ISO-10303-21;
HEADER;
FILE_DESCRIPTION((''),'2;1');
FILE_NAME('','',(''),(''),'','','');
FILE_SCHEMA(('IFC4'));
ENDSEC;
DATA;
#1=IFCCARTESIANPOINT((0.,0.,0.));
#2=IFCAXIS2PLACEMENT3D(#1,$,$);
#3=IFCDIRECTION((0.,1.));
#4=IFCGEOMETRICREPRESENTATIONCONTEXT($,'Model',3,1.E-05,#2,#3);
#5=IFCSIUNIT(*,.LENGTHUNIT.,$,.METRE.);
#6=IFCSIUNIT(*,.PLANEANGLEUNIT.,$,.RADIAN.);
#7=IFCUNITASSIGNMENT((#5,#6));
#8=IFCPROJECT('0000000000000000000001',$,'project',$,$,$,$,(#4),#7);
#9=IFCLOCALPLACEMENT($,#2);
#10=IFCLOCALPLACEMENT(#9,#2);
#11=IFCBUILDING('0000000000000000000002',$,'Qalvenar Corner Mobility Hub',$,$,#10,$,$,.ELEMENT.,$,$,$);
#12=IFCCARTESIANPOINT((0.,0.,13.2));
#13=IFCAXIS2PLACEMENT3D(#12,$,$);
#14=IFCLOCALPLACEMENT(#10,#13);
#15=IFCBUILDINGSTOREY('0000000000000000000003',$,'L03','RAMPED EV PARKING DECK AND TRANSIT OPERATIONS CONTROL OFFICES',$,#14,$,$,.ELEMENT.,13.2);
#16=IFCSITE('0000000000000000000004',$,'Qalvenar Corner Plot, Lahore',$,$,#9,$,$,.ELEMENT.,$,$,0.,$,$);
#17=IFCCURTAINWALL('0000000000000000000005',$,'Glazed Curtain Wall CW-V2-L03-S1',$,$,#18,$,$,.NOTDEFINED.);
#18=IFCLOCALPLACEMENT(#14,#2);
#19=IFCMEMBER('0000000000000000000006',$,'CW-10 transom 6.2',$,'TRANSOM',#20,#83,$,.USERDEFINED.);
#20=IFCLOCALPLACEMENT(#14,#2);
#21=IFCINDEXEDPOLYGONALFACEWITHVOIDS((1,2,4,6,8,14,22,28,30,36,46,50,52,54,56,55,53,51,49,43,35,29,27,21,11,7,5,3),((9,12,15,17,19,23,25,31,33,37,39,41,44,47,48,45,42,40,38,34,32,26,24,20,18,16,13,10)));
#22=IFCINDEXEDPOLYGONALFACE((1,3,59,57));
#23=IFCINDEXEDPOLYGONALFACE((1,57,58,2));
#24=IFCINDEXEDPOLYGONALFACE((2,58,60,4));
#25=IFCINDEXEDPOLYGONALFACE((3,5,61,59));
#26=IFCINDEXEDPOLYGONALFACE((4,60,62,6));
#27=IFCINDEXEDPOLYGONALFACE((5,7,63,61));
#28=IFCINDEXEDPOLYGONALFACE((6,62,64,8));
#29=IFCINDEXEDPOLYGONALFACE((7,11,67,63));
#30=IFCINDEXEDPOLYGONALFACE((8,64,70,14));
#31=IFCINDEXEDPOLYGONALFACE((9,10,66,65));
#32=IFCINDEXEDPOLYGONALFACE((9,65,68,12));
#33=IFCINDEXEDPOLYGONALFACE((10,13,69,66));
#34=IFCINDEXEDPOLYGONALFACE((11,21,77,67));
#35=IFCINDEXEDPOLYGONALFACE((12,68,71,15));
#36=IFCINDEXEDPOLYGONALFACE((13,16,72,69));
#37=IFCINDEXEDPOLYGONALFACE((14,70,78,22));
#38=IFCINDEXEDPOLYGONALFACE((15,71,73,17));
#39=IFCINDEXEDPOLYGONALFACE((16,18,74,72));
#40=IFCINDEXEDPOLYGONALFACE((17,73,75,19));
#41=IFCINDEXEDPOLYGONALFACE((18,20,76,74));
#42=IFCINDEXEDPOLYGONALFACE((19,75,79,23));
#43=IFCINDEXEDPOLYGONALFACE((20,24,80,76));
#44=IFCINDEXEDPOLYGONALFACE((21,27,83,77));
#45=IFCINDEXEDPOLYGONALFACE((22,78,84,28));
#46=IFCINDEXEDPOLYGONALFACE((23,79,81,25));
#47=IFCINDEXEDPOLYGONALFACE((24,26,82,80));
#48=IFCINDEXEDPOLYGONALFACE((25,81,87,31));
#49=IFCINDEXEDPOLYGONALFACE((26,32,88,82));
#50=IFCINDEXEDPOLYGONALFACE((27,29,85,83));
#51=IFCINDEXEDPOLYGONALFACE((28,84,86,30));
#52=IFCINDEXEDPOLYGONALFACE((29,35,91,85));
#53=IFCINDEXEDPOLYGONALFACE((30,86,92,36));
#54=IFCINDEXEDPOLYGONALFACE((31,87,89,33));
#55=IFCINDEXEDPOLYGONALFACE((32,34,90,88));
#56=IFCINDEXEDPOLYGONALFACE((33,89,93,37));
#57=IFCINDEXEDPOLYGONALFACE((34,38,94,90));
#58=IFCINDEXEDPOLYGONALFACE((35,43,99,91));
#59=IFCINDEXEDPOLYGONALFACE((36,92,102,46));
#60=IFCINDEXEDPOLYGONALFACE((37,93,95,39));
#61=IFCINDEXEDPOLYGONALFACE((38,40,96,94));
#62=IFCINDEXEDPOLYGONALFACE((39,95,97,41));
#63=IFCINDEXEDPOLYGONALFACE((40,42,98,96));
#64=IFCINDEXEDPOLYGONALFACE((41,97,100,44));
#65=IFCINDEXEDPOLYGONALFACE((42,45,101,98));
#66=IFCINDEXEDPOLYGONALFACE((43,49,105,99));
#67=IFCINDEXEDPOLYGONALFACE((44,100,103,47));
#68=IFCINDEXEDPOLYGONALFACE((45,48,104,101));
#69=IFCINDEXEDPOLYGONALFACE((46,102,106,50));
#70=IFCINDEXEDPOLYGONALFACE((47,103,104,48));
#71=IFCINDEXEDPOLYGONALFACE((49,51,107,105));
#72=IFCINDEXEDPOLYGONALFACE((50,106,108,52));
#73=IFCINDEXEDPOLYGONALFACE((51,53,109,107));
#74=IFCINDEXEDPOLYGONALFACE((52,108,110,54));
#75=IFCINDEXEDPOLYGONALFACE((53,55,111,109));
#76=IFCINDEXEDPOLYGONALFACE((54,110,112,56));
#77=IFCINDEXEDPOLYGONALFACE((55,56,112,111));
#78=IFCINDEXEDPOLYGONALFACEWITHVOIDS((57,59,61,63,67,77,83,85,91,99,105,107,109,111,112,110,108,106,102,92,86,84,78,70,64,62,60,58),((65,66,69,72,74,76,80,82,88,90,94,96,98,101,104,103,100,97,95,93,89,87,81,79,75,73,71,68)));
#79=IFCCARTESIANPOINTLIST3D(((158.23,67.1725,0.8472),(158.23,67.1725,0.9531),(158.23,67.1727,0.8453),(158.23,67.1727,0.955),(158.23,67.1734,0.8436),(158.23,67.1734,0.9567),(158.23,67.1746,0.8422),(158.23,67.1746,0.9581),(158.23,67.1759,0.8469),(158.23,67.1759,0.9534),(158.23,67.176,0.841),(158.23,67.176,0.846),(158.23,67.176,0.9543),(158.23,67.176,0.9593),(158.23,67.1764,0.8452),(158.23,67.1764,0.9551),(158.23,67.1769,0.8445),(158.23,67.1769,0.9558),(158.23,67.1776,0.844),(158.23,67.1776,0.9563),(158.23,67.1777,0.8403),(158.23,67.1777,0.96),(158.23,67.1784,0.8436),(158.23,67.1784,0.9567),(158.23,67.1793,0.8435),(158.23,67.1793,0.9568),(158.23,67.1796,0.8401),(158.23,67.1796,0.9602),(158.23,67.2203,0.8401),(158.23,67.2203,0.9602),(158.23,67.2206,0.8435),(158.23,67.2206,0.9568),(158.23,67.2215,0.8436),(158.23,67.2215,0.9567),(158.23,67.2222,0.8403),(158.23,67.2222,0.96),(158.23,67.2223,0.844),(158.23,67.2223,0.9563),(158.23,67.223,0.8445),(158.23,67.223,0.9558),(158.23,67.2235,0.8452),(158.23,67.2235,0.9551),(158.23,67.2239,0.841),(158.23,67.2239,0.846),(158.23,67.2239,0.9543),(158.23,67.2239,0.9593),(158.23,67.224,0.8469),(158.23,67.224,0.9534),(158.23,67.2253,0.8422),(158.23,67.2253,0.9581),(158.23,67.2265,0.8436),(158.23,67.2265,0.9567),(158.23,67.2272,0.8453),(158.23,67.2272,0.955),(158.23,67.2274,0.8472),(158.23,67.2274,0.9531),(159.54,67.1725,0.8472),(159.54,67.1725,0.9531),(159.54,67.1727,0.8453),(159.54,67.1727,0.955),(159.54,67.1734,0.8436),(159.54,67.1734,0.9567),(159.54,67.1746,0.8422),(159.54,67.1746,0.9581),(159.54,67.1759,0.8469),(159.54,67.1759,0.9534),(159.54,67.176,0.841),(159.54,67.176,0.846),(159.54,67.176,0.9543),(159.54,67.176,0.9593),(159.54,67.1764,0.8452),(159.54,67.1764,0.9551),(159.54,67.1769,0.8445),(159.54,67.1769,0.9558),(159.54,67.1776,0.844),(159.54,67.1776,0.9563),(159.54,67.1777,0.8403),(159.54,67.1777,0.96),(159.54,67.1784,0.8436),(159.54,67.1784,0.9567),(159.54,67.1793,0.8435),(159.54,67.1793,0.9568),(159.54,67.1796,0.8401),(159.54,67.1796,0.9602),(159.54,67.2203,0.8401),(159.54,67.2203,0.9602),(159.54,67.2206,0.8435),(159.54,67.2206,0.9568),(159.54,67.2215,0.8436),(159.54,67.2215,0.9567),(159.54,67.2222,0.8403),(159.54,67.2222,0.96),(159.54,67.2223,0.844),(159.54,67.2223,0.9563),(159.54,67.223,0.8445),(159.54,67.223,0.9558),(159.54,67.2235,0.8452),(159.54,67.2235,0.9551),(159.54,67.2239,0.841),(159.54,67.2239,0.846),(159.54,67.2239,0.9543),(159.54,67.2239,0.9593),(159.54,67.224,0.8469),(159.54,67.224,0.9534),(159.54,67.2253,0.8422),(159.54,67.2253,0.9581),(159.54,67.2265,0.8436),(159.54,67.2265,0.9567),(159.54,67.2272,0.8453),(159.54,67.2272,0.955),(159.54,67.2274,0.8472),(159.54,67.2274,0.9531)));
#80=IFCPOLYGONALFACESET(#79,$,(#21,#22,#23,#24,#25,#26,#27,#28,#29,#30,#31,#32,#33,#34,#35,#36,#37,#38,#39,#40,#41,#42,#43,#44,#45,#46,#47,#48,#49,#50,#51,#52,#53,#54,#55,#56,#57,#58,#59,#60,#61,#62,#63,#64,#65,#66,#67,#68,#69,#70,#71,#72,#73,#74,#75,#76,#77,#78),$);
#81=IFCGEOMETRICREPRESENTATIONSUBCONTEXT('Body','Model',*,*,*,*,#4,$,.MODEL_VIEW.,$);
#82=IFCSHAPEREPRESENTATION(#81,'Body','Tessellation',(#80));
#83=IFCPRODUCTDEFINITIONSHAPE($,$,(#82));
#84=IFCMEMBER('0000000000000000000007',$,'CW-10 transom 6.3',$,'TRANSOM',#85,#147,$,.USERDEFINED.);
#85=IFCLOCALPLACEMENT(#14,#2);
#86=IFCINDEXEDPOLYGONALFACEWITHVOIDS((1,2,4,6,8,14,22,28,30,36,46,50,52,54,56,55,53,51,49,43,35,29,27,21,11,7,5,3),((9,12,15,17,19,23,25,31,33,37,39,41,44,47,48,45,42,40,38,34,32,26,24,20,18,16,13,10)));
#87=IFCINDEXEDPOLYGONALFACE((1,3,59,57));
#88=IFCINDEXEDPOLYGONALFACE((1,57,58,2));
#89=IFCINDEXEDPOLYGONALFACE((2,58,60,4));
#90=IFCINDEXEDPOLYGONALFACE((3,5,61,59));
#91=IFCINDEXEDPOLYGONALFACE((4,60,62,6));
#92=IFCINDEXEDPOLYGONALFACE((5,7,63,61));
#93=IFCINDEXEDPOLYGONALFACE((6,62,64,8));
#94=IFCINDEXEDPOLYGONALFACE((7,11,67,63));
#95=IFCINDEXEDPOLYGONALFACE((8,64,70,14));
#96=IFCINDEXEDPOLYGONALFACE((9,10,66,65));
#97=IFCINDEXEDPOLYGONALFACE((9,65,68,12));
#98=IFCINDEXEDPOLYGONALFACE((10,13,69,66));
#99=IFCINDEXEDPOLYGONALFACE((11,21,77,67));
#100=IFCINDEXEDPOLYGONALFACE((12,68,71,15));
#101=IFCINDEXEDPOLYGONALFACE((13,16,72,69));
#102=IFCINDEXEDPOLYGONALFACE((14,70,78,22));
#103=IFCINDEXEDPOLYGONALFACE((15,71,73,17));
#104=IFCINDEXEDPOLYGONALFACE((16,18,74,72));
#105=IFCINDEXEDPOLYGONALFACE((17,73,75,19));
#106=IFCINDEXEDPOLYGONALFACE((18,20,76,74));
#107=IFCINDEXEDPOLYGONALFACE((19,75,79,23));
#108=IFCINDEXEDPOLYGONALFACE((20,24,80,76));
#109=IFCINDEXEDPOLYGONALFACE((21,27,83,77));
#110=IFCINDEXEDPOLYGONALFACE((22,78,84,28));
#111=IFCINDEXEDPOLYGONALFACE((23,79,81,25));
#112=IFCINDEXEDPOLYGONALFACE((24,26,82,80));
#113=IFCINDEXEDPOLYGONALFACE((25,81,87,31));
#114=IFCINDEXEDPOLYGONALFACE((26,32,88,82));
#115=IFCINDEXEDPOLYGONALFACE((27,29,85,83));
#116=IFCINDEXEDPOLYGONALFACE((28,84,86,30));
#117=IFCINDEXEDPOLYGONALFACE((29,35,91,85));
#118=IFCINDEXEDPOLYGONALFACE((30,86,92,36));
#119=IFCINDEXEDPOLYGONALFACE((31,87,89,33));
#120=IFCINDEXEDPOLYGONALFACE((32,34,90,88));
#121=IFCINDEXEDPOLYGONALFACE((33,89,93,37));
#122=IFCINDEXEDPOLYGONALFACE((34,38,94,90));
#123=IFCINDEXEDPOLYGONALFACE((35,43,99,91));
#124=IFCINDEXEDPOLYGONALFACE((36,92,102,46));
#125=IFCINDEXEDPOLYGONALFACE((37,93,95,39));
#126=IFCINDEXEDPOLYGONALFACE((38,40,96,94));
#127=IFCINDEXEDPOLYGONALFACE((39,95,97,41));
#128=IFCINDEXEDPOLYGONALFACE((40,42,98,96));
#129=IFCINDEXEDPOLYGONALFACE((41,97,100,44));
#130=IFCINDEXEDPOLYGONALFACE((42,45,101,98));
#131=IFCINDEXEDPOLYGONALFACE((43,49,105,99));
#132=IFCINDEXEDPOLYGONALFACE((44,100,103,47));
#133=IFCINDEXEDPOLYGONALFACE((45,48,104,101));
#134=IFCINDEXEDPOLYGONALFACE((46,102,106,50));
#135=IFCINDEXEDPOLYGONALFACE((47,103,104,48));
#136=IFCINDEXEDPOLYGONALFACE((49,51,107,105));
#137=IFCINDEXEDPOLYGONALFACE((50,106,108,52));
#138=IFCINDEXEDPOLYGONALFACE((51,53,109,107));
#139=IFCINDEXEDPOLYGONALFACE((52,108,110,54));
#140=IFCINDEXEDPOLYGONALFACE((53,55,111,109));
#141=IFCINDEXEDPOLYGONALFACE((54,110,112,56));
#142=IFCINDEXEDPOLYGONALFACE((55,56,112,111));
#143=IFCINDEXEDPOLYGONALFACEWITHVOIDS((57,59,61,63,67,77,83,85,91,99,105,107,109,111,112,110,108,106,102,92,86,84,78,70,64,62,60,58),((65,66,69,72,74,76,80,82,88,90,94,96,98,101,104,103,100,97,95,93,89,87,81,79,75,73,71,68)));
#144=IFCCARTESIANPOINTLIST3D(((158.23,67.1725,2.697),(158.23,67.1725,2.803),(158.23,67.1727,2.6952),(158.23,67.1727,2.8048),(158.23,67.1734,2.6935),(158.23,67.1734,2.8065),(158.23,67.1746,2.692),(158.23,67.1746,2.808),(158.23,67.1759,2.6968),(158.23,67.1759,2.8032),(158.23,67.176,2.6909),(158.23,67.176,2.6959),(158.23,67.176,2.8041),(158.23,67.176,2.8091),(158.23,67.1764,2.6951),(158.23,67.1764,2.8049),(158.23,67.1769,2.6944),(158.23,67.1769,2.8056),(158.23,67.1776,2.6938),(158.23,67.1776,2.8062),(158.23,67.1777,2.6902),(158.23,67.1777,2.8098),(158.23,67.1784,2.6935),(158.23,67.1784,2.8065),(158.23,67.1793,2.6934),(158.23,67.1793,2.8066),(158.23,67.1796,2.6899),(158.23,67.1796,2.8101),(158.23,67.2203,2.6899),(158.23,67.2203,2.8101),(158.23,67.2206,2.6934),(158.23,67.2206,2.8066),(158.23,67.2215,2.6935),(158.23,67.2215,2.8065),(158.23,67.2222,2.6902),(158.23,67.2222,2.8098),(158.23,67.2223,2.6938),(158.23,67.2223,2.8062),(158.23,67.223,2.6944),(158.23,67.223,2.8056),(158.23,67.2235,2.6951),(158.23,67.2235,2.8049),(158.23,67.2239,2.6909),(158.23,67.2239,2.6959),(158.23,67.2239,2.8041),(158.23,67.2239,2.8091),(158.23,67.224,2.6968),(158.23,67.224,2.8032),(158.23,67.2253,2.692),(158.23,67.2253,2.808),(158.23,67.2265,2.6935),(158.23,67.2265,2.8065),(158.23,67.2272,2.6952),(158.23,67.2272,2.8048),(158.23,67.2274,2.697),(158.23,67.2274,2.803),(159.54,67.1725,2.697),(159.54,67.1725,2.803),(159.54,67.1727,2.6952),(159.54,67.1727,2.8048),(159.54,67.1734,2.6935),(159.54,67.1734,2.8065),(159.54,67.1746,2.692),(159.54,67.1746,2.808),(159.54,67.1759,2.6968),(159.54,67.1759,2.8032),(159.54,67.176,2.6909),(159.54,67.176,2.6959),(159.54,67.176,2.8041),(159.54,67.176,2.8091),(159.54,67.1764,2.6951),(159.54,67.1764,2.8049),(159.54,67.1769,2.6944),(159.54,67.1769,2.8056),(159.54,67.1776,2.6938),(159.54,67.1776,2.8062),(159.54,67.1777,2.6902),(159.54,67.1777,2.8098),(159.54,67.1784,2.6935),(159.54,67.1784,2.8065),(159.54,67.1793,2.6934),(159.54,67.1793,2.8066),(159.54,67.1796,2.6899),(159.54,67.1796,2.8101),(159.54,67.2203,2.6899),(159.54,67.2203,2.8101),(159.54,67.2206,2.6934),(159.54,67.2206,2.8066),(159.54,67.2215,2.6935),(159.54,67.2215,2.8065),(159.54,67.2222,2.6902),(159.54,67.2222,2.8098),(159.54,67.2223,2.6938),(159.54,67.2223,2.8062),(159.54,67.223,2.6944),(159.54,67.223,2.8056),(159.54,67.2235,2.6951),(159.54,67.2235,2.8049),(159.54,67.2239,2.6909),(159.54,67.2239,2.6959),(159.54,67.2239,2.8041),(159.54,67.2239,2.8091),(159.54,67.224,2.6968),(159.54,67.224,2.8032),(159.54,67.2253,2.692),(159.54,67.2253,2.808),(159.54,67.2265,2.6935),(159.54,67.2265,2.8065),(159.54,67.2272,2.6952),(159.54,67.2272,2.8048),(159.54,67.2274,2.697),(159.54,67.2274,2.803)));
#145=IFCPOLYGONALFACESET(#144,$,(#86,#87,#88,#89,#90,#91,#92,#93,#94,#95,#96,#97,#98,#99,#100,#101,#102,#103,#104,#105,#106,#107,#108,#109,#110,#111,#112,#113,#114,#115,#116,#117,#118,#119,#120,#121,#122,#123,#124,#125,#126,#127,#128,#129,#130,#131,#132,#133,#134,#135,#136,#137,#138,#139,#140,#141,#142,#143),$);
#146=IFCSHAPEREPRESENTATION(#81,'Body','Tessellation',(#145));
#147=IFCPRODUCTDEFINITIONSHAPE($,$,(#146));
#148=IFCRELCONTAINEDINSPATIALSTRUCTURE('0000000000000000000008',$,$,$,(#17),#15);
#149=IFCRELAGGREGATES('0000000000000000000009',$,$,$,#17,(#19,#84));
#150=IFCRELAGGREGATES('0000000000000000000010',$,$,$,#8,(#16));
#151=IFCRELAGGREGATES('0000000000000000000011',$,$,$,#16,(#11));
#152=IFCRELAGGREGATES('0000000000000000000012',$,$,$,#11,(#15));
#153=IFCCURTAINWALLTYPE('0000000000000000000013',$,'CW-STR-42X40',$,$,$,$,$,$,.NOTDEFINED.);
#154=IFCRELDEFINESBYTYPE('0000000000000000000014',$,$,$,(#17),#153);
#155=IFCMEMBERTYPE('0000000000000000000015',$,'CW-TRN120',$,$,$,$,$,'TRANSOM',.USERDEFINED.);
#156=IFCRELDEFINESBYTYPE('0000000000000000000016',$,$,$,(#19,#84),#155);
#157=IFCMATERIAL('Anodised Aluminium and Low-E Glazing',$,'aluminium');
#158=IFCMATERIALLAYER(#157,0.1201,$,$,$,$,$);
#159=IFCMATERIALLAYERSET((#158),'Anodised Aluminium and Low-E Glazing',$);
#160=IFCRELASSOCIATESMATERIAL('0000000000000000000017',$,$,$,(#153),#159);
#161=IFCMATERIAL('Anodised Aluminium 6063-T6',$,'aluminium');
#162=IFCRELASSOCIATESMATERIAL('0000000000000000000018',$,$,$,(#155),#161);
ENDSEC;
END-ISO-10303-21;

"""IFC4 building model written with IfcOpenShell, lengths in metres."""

from ifc_helpers import new_model, si_unit, direction, frame, origin, origin_2d, place, context, subcontext, project, spatial, hollow_rectangle, extrude, material, layer, layer_set, material_profile, profile_set, type_object, element, aggregate, save


model = new_model("IFC4")

# Units and contexts
model_context = context("Model", 3, precision=1e-05, world=origin(), true_north=direction((0.0, 1.0)))
body_context = subcontext(model_context, "Body", "Model", "MODEL_VIEW")
ifc_project = project(units=[si_unit("LENGTHUNIT", "METRE"), si_unit("PLANEANGLEUNIT", "RADIAN")], contexts=[model_context])

# Site, building, storey
site_placement = place(None, origin())
site = spatial("IfcSite", under=ifc_project, at=site_placement, Name="Qalvenar Corner Plot, Lahore", CompositionType="ELEMENT", RefElevation=0.0)
building_placement = place(site_placement, origin())
building = spatial("IfcBuilding", under=site, at=building_placement, Name="Qalvenar Corner Mobility Hub", CompositionType="ELEMENT")
storey_placement = place(building_placement, frame((0.0, 0.0, 13.2)))
storey = spatial("IfcBuildingStorey", under=building, at=storey_placement, Name="L03", Description="RAMPED EV PARKING DECK AND TRANSIT OPERATIONS CONTROL OFFICES", CompositionType="ELEMENT", Elevation=13.2)

# Curtain wall, members
ifc_material_1 = material(Name="Anodised Aluminium and Low-E Glazing", Category="aluminium")
ifc_layer_1 = layer(ifc_material_1, 0.1201)
ifc_layer_set_1 = layer_set([ifc_layer_1], Name="Anodised Aluminium and Low-E Glazing")
curtain_wall_type = type_object("IfcCurtainWallType", Name="CW-STR-42X40", PredefinedType="NOTDEFINED", material=ifc_layer_set_1)
curtain_wall_placement = place(storey_placement, origin())
curtain_wall = element("IfcCurtainWall", 1, at=curtain_wall_placement, inside=storey, type_object=curtain_wall_type, Name="Glazed Curtain Wall CW-V2-L03-S1", PredefinedType="NOTDEFINED")
ifc_material_2 = material(Name="Anodised Aluminium 6063-T6", Category="aluminium")
ifc_material_profile_1 = material_profile(ifc_material_2, hollow_rectangle(XDim=0.0549, YDim=0.1201, WallThickness=0.0034, InnerFilletRadius=0.0034, OuterFilletRadius=0.0071, at=origin_2d()), Name="RHS120x55x3.5")
ifc_profile_set_1 = profile_set([ifc_material_profile_1], Name="Anodised Aluminium 6063-T6")
member_type_1 = type_object("IfcMemberType", Name="CW-TRN120", ElementType="TRANSOM", PredefinedType="USERDEFINED", material=ifc_profile_set_1)
member_1_placement = place(storey_placement, frame((158.23, 67.2, 0.9001), z_axis=(1.0, 0.0, 0.0), x_axis=(0.0, 1.0, 0.0)))
member_1 = element("IfcMember", 2, at=member_1_placement, type_object=member_type_1, Name="CW-10 transom 6.2", ObjectType="TRANSOM", PredefinedType="USERDEFINED", context=body_context, shape_type="SweptSolid", body=[
    extrude(hollow_rectangle(XDim=0.0549, YDim=0.1201, WallThickness=0.0034, InnerFilletRadius=0.0034, OuterFilletRadius=0.0071, at=origin_2d()), origin(), (0.0, 0.0, 1.0), 1.3101),
])
member_2_placement = place(storey_placement, frame((158.23, 67.2, 2.75), z_axis=(1.0, 0.0, 0.0), x_axis=(0.0, 1.0, 0.0)))
member_2 = element("IfcMember", 3, at=member_2_placement, type_object=member_type_1, Name="CW-10 transom 6.3", ObjectType="TRANSOM", PredefinedType="USERDEFINED", context=body_context, shape_type="SweptSolid", body=[
    extrude(hollow_rectangle(XDim=0.0549, YDim=0.1201, WallThickness=0.0034, InnerFilletRadius=0.0034, OuterFilletRadius=0.0071, at=origin_2d()), origin(), (0.0, 0.0, 1.0), 1.3101),
])

aggregate(curtain_wall, [member_1, member_2])

save(model, "model.ifc")
